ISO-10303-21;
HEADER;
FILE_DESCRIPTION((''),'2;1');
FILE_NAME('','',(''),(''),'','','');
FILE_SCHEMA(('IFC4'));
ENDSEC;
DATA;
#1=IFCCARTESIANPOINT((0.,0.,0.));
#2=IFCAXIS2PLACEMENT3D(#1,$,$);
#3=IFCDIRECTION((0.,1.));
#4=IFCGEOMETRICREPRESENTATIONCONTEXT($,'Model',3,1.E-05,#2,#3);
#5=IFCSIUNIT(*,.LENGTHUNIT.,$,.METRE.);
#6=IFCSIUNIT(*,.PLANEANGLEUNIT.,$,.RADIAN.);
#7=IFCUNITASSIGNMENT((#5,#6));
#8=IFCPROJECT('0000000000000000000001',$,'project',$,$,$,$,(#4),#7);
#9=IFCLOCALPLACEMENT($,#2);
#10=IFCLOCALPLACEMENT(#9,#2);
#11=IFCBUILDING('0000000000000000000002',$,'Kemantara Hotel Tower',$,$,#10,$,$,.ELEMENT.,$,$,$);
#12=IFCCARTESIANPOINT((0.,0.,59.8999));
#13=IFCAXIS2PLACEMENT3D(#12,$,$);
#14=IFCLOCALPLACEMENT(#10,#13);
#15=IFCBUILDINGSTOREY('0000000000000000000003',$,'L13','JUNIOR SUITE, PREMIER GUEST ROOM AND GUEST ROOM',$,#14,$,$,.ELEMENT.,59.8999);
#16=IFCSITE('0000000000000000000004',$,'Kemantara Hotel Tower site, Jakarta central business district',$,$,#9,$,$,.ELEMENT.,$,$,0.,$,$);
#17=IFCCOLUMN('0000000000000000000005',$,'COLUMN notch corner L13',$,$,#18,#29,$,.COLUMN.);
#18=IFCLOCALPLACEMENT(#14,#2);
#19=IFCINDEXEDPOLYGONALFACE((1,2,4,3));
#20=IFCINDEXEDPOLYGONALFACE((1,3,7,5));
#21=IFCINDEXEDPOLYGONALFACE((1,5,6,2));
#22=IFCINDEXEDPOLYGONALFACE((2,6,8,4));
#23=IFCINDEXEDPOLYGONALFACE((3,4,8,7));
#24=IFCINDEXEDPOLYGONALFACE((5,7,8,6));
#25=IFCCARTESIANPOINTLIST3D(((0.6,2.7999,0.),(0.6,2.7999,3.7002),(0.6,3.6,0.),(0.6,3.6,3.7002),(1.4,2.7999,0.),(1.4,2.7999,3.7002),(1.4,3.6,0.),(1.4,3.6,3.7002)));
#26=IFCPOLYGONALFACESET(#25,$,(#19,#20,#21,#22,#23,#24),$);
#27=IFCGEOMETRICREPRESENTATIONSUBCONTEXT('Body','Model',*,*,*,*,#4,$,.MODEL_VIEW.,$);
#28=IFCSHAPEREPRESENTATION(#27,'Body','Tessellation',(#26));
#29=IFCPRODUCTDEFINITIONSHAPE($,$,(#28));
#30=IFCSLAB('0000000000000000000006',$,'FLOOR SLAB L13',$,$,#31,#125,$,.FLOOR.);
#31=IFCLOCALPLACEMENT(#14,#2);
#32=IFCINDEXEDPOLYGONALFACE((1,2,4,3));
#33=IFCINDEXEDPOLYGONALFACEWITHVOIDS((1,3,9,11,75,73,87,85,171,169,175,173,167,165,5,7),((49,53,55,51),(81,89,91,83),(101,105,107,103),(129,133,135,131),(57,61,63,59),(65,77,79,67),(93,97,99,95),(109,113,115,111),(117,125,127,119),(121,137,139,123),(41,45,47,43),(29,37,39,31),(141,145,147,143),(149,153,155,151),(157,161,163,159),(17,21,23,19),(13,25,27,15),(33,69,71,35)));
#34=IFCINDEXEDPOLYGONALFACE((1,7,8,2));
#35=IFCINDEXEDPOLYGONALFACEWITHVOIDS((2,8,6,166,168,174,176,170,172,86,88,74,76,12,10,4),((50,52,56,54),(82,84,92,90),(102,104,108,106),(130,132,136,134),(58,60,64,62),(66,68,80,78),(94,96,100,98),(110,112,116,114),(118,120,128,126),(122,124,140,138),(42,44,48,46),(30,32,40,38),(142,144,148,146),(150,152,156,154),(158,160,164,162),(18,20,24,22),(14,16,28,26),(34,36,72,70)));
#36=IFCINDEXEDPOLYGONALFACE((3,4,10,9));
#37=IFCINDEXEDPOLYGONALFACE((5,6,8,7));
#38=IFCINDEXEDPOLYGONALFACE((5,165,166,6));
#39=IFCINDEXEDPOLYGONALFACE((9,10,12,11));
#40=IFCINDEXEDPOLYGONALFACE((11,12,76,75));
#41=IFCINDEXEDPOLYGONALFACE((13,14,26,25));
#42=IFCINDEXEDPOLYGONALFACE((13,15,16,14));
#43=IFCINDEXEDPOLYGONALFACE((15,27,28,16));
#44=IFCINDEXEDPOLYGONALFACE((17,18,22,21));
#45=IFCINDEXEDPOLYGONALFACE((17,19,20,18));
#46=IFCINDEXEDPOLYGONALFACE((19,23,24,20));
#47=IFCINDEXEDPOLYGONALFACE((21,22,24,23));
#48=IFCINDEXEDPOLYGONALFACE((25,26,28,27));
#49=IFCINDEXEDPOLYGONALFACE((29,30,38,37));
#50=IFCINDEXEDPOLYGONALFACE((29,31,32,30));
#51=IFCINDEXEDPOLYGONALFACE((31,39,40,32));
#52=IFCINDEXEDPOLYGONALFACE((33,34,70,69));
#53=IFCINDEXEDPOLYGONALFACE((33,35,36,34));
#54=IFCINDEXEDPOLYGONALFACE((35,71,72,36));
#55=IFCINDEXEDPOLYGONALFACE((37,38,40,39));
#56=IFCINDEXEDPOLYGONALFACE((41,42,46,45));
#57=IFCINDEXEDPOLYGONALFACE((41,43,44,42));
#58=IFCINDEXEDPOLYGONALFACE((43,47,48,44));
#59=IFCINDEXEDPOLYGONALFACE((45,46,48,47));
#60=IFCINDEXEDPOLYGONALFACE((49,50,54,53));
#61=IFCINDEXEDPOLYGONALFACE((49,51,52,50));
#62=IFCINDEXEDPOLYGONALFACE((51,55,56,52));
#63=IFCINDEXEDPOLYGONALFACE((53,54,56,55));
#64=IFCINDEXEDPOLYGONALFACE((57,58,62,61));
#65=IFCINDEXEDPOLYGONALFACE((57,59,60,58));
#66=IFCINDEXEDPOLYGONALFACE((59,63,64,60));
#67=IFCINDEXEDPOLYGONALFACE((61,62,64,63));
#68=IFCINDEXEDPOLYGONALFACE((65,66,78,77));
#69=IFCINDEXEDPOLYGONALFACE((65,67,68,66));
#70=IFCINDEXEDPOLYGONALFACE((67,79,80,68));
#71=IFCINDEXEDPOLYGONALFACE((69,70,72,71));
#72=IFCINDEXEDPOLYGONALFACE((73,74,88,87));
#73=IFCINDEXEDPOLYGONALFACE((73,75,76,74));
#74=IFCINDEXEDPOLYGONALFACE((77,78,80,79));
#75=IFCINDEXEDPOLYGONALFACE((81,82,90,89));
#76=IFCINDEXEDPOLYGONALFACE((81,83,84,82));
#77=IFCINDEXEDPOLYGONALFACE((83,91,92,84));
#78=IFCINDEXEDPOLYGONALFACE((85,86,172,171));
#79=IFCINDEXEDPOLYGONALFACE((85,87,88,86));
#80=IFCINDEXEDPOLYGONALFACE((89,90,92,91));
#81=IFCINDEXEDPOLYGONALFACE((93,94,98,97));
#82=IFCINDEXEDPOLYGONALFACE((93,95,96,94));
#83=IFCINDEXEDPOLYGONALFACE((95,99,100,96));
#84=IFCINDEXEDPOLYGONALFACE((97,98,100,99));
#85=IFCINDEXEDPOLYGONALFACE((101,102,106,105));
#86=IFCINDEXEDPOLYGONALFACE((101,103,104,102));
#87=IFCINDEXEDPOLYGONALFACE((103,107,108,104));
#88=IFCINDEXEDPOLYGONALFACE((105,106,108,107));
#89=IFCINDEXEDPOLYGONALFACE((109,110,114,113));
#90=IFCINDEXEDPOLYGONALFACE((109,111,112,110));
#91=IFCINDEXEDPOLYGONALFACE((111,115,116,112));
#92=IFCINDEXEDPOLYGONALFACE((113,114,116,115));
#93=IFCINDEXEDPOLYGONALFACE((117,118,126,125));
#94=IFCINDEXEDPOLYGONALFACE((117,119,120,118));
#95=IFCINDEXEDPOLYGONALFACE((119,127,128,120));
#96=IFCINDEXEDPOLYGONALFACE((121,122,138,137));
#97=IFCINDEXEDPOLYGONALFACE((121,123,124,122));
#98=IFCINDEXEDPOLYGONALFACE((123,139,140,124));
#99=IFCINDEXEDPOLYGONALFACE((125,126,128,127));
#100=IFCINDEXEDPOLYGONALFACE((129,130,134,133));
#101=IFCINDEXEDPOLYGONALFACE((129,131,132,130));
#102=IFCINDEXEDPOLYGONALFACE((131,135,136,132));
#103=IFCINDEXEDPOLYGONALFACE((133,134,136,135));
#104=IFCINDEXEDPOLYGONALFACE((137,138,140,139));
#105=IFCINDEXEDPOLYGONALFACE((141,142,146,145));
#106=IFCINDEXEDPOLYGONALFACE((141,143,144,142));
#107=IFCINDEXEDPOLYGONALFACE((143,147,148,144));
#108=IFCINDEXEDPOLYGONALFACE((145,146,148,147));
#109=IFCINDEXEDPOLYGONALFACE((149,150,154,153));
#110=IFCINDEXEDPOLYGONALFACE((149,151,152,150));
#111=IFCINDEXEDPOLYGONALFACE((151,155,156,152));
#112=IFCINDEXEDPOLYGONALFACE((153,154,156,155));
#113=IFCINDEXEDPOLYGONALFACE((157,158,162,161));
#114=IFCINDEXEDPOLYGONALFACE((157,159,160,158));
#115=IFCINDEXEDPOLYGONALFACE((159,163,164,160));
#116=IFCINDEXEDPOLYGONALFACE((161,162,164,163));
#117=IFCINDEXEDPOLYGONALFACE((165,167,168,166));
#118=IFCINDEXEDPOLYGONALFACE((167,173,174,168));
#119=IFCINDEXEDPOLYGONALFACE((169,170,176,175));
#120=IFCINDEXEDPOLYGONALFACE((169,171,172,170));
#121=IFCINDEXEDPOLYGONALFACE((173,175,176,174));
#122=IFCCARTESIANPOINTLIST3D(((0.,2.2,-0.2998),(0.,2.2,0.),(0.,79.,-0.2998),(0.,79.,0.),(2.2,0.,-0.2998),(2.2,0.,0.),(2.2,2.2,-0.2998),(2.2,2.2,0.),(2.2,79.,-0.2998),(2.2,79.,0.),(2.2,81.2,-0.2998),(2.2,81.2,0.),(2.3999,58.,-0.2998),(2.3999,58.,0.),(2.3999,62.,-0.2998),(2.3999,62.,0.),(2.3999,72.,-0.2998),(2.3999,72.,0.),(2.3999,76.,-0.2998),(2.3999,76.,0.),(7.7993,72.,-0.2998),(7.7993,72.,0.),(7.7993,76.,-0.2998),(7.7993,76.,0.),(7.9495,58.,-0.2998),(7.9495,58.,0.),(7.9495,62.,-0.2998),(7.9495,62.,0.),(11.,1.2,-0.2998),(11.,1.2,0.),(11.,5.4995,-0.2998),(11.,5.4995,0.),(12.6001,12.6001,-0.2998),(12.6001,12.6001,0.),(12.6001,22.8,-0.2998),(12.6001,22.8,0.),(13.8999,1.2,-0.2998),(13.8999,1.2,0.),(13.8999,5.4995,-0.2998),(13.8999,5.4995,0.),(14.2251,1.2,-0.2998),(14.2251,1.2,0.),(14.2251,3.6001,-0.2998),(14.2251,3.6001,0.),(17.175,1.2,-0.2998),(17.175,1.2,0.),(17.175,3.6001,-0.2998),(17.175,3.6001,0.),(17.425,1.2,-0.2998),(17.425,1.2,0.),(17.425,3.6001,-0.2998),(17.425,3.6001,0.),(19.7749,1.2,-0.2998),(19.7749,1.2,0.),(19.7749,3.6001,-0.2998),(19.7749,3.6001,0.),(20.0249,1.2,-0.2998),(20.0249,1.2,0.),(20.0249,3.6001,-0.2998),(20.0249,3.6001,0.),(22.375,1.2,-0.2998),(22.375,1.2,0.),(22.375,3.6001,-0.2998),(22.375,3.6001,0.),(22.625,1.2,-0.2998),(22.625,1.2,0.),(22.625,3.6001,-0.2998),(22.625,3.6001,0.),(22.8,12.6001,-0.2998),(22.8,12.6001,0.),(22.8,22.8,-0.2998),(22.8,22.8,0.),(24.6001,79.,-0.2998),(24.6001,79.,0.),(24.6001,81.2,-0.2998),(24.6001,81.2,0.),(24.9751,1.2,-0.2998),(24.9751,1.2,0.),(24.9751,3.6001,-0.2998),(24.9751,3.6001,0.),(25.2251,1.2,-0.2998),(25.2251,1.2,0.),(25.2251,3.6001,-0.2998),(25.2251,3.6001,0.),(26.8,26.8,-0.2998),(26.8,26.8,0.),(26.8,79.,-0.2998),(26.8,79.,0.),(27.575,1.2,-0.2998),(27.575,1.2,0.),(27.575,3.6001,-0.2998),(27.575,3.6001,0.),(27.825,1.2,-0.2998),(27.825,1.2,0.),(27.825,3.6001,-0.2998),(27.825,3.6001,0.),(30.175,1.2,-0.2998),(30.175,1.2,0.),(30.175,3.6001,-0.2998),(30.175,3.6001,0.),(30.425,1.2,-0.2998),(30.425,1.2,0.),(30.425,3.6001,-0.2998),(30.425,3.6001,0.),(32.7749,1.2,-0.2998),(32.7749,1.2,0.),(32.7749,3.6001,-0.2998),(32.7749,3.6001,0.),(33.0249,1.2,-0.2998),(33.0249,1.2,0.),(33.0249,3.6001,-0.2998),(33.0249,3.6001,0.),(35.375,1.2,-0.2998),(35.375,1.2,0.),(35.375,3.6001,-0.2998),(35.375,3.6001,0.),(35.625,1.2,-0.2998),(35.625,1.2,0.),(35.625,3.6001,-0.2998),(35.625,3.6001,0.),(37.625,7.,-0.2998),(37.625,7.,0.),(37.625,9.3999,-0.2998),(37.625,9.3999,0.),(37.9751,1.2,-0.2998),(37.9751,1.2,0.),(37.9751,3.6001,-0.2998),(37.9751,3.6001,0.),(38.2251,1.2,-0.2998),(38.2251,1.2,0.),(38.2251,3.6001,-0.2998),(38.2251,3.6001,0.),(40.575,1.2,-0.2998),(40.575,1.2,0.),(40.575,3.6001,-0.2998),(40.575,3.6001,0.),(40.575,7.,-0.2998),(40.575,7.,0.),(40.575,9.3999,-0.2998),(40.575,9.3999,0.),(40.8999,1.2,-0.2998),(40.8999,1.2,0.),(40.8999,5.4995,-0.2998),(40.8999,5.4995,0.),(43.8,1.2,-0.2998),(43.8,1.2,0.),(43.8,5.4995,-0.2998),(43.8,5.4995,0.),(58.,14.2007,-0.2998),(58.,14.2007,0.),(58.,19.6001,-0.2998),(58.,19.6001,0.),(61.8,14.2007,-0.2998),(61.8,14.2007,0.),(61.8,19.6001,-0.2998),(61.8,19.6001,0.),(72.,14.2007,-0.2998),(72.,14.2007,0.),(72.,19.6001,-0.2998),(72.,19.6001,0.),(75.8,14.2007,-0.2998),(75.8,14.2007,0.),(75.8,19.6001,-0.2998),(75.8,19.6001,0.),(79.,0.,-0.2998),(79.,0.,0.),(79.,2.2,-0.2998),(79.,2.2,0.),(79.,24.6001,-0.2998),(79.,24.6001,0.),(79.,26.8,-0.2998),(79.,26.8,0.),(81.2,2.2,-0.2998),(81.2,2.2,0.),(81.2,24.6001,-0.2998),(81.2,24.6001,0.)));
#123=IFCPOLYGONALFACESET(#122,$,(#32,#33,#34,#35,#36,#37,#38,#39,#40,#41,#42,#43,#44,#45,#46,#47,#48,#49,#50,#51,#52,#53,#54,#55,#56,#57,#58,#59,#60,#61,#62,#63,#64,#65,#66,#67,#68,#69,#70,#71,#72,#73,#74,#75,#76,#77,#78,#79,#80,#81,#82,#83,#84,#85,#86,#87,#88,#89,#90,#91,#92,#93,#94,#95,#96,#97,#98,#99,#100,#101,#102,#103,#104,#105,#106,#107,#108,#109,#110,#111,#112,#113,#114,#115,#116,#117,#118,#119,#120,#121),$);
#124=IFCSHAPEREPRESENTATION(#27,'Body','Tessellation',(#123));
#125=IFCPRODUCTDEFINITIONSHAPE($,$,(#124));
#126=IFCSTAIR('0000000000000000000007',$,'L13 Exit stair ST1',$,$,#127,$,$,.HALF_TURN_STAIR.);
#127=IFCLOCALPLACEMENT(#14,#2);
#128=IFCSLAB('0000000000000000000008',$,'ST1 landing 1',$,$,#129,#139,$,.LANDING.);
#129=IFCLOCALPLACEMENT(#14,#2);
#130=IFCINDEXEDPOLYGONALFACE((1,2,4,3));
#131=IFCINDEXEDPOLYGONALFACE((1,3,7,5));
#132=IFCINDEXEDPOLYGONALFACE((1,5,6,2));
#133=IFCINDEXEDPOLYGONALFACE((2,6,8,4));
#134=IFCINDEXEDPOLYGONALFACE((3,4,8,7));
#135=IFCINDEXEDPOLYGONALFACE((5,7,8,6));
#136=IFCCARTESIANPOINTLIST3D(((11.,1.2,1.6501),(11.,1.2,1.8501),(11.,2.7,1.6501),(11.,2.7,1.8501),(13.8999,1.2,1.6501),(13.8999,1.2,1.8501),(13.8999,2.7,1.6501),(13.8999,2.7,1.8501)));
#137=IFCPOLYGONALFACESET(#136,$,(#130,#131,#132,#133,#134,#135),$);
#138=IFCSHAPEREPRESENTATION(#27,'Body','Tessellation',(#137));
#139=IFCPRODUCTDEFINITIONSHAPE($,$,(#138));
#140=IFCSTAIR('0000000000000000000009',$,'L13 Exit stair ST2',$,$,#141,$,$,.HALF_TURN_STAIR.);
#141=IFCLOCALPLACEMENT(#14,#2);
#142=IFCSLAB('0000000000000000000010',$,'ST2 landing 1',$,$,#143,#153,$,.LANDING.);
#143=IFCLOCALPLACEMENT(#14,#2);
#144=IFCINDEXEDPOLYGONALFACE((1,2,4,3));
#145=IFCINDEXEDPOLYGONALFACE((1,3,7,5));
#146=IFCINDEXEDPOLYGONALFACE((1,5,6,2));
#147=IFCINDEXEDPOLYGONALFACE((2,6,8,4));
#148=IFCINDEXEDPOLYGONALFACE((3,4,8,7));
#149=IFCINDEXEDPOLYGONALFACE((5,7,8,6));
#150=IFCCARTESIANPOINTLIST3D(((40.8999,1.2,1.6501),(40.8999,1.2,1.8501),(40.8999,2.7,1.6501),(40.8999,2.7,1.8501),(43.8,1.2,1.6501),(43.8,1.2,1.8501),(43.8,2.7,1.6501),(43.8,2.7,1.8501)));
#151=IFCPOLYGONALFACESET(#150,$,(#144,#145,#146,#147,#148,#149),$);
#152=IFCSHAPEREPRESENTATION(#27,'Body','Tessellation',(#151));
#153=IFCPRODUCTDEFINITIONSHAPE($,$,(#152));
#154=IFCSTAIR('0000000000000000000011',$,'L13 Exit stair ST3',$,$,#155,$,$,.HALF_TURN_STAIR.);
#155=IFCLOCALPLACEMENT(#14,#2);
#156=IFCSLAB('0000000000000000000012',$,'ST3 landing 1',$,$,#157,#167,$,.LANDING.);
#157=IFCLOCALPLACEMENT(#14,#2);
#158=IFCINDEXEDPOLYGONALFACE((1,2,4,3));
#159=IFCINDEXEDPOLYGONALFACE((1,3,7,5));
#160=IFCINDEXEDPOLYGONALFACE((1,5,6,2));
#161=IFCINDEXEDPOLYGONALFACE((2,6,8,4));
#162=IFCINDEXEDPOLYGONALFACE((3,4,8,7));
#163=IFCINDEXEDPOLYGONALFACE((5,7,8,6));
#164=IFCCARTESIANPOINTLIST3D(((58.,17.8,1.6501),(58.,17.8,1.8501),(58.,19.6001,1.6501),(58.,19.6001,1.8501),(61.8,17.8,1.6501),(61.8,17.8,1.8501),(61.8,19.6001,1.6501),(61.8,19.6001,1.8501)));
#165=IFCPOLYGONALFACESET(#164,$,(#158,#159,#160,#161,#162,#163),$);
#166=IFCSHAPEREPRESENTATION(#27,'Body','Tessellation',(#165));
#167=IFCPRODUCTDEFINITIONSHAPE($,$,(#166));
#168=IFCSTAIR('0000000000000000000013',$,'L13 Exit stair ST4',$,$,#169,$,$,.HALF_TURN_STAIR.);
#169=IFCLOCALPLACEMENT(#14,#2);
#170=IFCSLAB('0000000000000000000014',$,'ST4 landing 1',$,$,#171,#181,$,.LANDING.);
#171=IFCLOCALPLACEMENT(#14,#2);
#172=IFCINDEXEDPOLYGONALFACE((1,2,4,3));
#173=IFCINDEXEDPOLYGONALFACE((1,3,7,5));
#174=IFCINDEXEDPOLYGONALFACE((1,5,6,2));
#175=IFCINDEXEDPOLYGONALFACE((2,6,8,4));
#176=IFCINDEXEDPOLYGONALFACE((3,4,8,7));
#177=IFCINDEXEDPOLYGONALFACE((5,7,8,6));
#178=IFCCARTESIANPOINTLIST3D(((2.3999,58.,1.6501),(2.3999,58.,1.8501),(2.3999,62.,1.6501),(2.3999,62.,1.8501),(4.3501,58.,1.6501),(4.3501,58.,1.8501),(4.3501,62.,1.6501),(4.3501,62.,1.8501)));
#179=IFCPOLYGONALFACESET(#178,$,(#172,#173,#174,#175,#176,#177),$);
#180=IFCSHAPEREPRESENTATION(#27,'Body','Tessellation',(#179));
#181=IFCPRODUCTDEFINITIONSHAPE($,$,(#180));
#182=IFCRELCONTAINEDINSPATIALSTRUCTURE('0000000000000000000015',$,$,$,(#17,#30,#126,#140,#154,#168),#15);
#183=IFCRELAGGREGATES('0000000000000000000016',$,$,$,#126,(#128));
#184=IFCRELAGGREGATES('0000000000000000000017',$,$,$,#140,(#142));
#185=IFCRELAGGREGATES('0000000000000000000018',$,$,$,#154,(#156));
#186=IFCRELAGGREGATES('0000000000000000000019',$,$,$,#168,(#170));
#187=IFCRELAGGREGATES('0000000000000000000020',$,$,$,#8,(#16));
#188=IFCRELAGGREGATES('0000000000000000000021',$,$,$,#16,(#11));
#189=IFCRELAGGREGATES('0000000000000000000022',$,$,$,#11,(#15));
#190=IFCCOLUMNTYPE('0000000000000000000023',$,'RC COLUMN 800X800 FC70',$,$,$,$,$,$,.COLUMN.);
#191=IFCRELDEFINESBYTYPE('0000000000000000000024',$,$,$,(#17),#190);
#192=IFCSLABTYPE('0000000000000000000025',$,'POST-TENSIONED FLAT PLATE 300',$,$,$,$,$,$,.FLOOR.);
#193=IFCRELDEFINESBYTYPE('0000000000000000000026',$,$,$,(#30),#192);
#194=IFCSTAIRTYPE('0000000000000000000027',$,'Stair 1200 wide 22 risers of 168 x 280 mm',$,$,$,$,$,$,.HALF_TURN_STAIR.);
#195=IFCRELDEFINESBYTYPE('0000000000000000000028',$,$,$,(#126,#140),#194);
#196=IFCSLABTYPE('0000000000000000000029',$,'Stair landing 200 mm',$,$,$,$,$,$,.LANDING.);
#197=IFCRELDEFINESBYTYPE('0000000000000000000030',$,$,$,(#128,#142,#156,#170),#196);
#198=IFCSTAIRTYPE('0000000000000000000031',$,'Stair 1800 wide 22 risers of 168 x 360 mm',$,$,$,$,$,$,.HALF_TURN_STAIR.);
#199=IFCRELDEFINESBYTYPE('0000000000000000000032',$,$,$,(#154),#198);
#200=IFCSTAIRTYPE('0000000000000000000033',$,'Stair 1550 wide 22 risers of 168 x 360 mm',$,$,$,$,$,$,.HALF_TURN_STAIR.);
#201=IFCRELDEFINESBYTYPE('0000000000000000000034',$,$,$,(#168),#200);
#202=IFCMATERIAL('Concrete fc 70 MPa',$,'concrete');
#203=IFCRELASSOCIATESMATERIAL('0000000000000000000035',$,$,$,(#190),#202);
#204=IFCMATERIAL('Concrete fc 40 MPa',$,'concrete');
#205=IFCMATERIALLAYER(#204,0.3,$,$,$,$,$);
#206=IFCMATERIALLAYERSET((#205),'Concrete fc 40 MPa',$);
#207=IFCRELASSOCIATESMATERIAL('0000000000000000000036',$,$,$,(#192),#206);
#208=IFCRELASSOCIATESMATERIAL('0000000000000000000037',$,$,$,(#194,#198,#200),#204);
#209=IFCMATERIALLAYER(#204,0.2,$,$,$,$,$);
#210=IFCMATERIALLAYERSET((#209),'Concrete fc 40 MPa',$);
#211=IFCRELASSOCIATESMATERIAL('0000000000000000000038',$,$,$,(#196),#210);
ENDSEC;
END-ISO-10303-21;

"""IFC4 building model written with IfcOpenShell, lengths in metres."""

from ifc_helpers import new_model, si_unit, direction, frame, origin, origin_2d, place, context, subcontext, project, spatial, polyline, rectangle, outline, extrude, material, layer, layer_set, material_profile, profile_set, type_object, element, aggregate, save


model = new_model("IFC4")

# Units and contexts
model_context = context("Model", 3, precision=1e-05, world=origin(), true_north=direction((0.0, 1.0)))
body_context = subcontext(model_context, "Body", "Model", "MODEL_VIEW")
ifc_project = project(units=[si_unit("LENGTHUNIT", "METRE"), si_unit("PLANEANGLEUNIT", "RADIAN")], contexts=[model_context])

# Site, building, storey
site_placement = place(None, origin())
site = spatial("IfcSite", under=ifc_project, at=site_placement, Name="Kemantara Hotel Tower site, Jakarta central business district", CompositionType="ELEMENT", RefElevation=0.0)
building_placement = place(site_placement, origin())
building = spatial("IfcBuilding", under=site, at=building_placement, Name="Kemantara Hotel Tower", CompositionType="ELEMENT")
storey_placement = place(building_placement, frame((0.0, 0.0, 59.8999)))
storey = spatial("IfcBuildingStorey", under=building, at=storey_placement, Name="L13", Description="JUNIOR SUITE, PREMIER GUEST ROOM AND GUEST ROOM", CompositionType="ELEMENT", Elevation=59.8999)

# Column
ifc_material_1 = material(Name="Concrete fc 70 MPa", Category="concrete")
ifc_material_profile = material_profile(ifc_material_1, rectangle(XDim=0.8, YDim=0.8, at=origin_2d()), Name="RC 800X800")
ifc_profile_set = profile_set([ifc_material_profile], Name="Concrete fc 70 MPa")
column_type = type_object("IfcColumnType", Name="RC COLUMN 800X800 FC70", PredefinedType="COLUMN", material=ifc_profile_set)
column_placement = place(storey_placement, frame((1.0, 3.2, 0.0), z_axis=(0.0, 0.0, 1.0), x_axis=(1.0, 0.0, 0.0)))
element("IfcColumn", 1, at=column_placement, inside=storey, type_object=column_type, Name="COLUMN notch corner L13", PredefinedType="COLUMN", context=body_context, shape_type="SweptSolid", body=[
    extrude(rectangle(XDim=0.8, YDim=0.8, at=origin_2d()), origin(), (0.0, 0.0, 1.0), 3.7002),
])

# Slab
ifc_material_2 = material(Name="Concrete fc 40 MPa", Category="concrete")
ifc_layer_1 = layer(ifc_material_2, 0.3)
ifc_layer_set_1 = layer_set([ifc_layer_1], Name="Concrete fc 40 MPa")
slab_type_1 = type_object("IfcSlabType", Name="POST-TENSIONED FLAT PLATE 300", PredefinedType="FLOOR", material=ifc_layer_set_1)
slab_1_placement = place(storey_placement, frame((0.0, 0.0, -0.2998)))
element("IfcSlab", 2, at=slab_1_placement, inside=storey, type_object=slab_type_1, Name="FLOOR SLAB L13", PredefinedType="FLOOR", context=body_context, shape_type="SweptSolid", body=[
    extrude(outline(polyline([(0.0, 2.2), (2.2, 2.2), (2.2, 0.0), (79.0, 0.0), (79.0, 2.2), (81.2, 2.2), (81.2, 24.6001), (79.0, 24.6001), (79.0, 26.8), (26.8, 26.8), (26.8, 79.0), (24.6001, 79.0), (24.6001, 81.2), (2.2, 81.2), (2.2, 79.0), (0.0, 79.0), (0.0, 2.2)]), holes=[polyline([(17.175, 1.2), (14.2251, 1.2), (14.2251, 3.6001), (17.175, 3.6001), (17.175, 1.2)]), polyline([(19.7749, 1.2), (17.425, 1.2), (17.425, 3.6001), (19.7749, 3.6001), (19.7749, 1.2)]), polyline([(22.375, 1.2), (20.0249, 1.2), (20.0249, 3.6001), (22.375, 3.6001), (22.375, 1.2)]), polyline([(24.9751, 1.2), (22.625, 1.2), (22.625, 3.6001), (24.9751, 3.6001), (24.9751, 1.2)]), polyline([(27.575, 1.2), (25.2251, 1.2), (25.2251, 3.6001), (27.575, 3.6001), (27.575, 1.2)]), polyline([(11.0, 1.2), (11.0, 5.4995), (13.8999, 5.4995), (13.8999, 1.2), (11.0, 1.2)]), polyline([(22.8, 12.6001), (12.6001, 12.6001), (12.6001, 22.8), (22.8, 22.8), (22.8, 12.6001)]), polyline([(7.9495, 62.0), (7.9495, 58.0), (2.3999, 58.0), (2.3999, 62.0), (7.9495, 62.0)]), polyline([(7.7993, 76.0), (7.7993, 72.0), (2.3999, 72.0), (2.3999, 76.0), (7.7993, 76.0)]), polyline([(30.175, 1.2), (27.825, 1.2), (27.825, 3.6001), (30.175, 3.6001), (30.175, 1.2)]), polyline([(32.7749, 1.2), (30.425, 1.2), (30.425, 3.6001), (32.7749, 3.6001), (32.7749, 1.2)]), polyline([(35.375, 1.2), (33.0249, 1.2), (33.0249, 3.6001), (35.375, 3.6001), (35.375, 1.2)]), polyline([(37.9751, 1.2), (35.625, 1.2), (35.625, 3.6001), (37.9751, 3.6001), (37.9751, 1.2)]), polyline([(40.575, 1.2), (38.2251, 1.2), (38.2251, 3.6001), (40.575, 3.6001), (40.575, 1.2)]), polyline([(40.8999, 1.2), (40.8999, 5.4995), (43.8, 5.4995), (43.8, 1.2), (40.8999, 1.2)]), polyline([(40.575, 7.0), (37.625, 7.0), (37.625, 9.3999), (40.575, 9.3999), (40.575, 7.0)]), polyline([(61.8, 14.2007), (58.0, 14.2007), (58.0, 19.6001), (61.8, 19.6001), (61.8, 14.2007)]), polyline([(75.8, 14.2007), (72.0, 14.2007), (72.0, 19.6001), (75.8, 19.6001), (75.8, 14.2007)])]), origin(), (0.0, 0.0, 1.0), 0.2998),
])

# Stairs, slabs
stair_type_1 = type_object("IfcStairType", Name="Stair 1200 wide 22 risers of 168 x 280 mm", PredefinedType="HALF_TURN_STAIR", material=ifc_material_2)
stair_1_placement = place(storey_placement, origin())
stair_1 = element("IfcStair", 3, at=stair_1_placement, inside=storey, type_object=stair_type_1, Name="L13 Exit stair ST1", PredefinedType="HALF_TURN_STAIR")
ifc_layer_2 = layer(ifc_material_2, 0.2)
ifc_layer_set_2 = layer_set([ifc_layer_2], Name="Concrete fc 40 MPa")
slab_type_2 = type_object("IfcSlabType", Name="Stair landing 200 mm", PredefinedType="LANDING", material=ifc_layer_set_2)
slab_2_placement = place(storey_placement, frame((0.0, 0.0, 1.6501)))
slab_2 = element("IfcSlab", 4, at=slab_2_placement, type_object=slab_type_2, Name="ST1 landing 1", PredefinedType="LANDING", context=body_context, shape_type="SweptSolid", body=[
    extrude(outline(polyline([(11.0, 2.7), (11.0, 1.2), (13.8999, 1.2), (13.8999, 2.7), (11.0, 2.7)])), origin(), (0.0, 0.0, 1.0), 0.2),
])
aggregate(stair_1, [slab_2])
stair_2_placement = place(storey_placement, origin())
stair_2 = element("IfcStair", 5, at=stair_2_placement, inside=storey, type_object=stair_type_1, Name="L13 Exit stair ST2", PredefinedType="HALF_TURN_STAIR")
slab_3_placement = place(storey_placement, frame((0.0, 0.0, 1.6501)))
slab_3 = element("IfcSlab", 6, at=slab_3_placement, type_object=slab_type_2, Name="ST2 landing 1", PredefinedType="LANDING", context=body_context, shape_type="SweptSolid", body=[
    extrude(outline(polyline([(40.8999, 2.7), (40.8999, 1.2), (43.8, 1.2), (43.8, 2.7), (40.8999, 2.7)])), origin(), (0.0, 0.0, 1.0), 0.2),
])
aggregate(stair_2, [slab_3])
stair_type_2 = type_object("IfcStairType", Name="Stair 1800 wide 22 risers of 168 x 360 mm", PredefinedType="HALF_TURN_STAIR", material=ifc_material_2)
stair_3_placement = place(storey_placement, origin())
stair_3 = element("IfcStair", 7, at=stair_3_placement, inside=storey, type_object=stair_type_2, Name="L13 Exit stair ST3", PredefinedType="HALF_TURN_STAIR")
slab_4_placement = place(storey_placement, frame((0.0, 0.0, 1.6501)))
slab_4 = element("IfcSlab", 8, at=slab_4_placement, type_object=slab_type_2, Name="ST3 landing 1", PredefinedType="LANDING", context=body_context, shape_type="SweptSolid", body=[
    extrude(outline(polyline([(61.8, 17.8), (61.8, 19.6001), (58.0, 19.6001), (58.0, 17.8), (61.8, 17.8)])), origin(), (0.0, 0.0, 1.0), 0.2),
])
aggregate(stair_3, [slab_4])
stair_type_3 = type_object("IfcStairType", Name="Stair 1550 wide 22 risers of 168 x 360 mm", PredefinedType="HALF_TURN_STAIR", material=ifc_material_2)
stair_4_placement = place(storey_placement, origin())
stair_4 = element("IfcStair", 9, at=stair_4_placement, inside=storey, type_object=stair_type_3, Name="L13 Exit stair ST4", PredefinedType="HALF_TURN_STAIR")
slab_5_placement = place(storey_placement, frame((0.0, 0.0, 1.6501)))
slab_5 = element("IfcSlab", 10, at=slab_5_placement, type_object=slab_type_2, Name="ST4 landing 1", PredefinedType="LANDING", context=body_context, shape_type="SweptSolid", body=[
    extrude(outline(polyline([(4.3501, 62.0), (2.3999, 62.0), (2.3999, 58.0), (4.3501, 58.0), (4.3501, 62.0)])), origin(), (0.0, 0.0, 1.0), 0.2),
])
aggregate(stair_4, [slab_5])

save(model, "model.ifc")
